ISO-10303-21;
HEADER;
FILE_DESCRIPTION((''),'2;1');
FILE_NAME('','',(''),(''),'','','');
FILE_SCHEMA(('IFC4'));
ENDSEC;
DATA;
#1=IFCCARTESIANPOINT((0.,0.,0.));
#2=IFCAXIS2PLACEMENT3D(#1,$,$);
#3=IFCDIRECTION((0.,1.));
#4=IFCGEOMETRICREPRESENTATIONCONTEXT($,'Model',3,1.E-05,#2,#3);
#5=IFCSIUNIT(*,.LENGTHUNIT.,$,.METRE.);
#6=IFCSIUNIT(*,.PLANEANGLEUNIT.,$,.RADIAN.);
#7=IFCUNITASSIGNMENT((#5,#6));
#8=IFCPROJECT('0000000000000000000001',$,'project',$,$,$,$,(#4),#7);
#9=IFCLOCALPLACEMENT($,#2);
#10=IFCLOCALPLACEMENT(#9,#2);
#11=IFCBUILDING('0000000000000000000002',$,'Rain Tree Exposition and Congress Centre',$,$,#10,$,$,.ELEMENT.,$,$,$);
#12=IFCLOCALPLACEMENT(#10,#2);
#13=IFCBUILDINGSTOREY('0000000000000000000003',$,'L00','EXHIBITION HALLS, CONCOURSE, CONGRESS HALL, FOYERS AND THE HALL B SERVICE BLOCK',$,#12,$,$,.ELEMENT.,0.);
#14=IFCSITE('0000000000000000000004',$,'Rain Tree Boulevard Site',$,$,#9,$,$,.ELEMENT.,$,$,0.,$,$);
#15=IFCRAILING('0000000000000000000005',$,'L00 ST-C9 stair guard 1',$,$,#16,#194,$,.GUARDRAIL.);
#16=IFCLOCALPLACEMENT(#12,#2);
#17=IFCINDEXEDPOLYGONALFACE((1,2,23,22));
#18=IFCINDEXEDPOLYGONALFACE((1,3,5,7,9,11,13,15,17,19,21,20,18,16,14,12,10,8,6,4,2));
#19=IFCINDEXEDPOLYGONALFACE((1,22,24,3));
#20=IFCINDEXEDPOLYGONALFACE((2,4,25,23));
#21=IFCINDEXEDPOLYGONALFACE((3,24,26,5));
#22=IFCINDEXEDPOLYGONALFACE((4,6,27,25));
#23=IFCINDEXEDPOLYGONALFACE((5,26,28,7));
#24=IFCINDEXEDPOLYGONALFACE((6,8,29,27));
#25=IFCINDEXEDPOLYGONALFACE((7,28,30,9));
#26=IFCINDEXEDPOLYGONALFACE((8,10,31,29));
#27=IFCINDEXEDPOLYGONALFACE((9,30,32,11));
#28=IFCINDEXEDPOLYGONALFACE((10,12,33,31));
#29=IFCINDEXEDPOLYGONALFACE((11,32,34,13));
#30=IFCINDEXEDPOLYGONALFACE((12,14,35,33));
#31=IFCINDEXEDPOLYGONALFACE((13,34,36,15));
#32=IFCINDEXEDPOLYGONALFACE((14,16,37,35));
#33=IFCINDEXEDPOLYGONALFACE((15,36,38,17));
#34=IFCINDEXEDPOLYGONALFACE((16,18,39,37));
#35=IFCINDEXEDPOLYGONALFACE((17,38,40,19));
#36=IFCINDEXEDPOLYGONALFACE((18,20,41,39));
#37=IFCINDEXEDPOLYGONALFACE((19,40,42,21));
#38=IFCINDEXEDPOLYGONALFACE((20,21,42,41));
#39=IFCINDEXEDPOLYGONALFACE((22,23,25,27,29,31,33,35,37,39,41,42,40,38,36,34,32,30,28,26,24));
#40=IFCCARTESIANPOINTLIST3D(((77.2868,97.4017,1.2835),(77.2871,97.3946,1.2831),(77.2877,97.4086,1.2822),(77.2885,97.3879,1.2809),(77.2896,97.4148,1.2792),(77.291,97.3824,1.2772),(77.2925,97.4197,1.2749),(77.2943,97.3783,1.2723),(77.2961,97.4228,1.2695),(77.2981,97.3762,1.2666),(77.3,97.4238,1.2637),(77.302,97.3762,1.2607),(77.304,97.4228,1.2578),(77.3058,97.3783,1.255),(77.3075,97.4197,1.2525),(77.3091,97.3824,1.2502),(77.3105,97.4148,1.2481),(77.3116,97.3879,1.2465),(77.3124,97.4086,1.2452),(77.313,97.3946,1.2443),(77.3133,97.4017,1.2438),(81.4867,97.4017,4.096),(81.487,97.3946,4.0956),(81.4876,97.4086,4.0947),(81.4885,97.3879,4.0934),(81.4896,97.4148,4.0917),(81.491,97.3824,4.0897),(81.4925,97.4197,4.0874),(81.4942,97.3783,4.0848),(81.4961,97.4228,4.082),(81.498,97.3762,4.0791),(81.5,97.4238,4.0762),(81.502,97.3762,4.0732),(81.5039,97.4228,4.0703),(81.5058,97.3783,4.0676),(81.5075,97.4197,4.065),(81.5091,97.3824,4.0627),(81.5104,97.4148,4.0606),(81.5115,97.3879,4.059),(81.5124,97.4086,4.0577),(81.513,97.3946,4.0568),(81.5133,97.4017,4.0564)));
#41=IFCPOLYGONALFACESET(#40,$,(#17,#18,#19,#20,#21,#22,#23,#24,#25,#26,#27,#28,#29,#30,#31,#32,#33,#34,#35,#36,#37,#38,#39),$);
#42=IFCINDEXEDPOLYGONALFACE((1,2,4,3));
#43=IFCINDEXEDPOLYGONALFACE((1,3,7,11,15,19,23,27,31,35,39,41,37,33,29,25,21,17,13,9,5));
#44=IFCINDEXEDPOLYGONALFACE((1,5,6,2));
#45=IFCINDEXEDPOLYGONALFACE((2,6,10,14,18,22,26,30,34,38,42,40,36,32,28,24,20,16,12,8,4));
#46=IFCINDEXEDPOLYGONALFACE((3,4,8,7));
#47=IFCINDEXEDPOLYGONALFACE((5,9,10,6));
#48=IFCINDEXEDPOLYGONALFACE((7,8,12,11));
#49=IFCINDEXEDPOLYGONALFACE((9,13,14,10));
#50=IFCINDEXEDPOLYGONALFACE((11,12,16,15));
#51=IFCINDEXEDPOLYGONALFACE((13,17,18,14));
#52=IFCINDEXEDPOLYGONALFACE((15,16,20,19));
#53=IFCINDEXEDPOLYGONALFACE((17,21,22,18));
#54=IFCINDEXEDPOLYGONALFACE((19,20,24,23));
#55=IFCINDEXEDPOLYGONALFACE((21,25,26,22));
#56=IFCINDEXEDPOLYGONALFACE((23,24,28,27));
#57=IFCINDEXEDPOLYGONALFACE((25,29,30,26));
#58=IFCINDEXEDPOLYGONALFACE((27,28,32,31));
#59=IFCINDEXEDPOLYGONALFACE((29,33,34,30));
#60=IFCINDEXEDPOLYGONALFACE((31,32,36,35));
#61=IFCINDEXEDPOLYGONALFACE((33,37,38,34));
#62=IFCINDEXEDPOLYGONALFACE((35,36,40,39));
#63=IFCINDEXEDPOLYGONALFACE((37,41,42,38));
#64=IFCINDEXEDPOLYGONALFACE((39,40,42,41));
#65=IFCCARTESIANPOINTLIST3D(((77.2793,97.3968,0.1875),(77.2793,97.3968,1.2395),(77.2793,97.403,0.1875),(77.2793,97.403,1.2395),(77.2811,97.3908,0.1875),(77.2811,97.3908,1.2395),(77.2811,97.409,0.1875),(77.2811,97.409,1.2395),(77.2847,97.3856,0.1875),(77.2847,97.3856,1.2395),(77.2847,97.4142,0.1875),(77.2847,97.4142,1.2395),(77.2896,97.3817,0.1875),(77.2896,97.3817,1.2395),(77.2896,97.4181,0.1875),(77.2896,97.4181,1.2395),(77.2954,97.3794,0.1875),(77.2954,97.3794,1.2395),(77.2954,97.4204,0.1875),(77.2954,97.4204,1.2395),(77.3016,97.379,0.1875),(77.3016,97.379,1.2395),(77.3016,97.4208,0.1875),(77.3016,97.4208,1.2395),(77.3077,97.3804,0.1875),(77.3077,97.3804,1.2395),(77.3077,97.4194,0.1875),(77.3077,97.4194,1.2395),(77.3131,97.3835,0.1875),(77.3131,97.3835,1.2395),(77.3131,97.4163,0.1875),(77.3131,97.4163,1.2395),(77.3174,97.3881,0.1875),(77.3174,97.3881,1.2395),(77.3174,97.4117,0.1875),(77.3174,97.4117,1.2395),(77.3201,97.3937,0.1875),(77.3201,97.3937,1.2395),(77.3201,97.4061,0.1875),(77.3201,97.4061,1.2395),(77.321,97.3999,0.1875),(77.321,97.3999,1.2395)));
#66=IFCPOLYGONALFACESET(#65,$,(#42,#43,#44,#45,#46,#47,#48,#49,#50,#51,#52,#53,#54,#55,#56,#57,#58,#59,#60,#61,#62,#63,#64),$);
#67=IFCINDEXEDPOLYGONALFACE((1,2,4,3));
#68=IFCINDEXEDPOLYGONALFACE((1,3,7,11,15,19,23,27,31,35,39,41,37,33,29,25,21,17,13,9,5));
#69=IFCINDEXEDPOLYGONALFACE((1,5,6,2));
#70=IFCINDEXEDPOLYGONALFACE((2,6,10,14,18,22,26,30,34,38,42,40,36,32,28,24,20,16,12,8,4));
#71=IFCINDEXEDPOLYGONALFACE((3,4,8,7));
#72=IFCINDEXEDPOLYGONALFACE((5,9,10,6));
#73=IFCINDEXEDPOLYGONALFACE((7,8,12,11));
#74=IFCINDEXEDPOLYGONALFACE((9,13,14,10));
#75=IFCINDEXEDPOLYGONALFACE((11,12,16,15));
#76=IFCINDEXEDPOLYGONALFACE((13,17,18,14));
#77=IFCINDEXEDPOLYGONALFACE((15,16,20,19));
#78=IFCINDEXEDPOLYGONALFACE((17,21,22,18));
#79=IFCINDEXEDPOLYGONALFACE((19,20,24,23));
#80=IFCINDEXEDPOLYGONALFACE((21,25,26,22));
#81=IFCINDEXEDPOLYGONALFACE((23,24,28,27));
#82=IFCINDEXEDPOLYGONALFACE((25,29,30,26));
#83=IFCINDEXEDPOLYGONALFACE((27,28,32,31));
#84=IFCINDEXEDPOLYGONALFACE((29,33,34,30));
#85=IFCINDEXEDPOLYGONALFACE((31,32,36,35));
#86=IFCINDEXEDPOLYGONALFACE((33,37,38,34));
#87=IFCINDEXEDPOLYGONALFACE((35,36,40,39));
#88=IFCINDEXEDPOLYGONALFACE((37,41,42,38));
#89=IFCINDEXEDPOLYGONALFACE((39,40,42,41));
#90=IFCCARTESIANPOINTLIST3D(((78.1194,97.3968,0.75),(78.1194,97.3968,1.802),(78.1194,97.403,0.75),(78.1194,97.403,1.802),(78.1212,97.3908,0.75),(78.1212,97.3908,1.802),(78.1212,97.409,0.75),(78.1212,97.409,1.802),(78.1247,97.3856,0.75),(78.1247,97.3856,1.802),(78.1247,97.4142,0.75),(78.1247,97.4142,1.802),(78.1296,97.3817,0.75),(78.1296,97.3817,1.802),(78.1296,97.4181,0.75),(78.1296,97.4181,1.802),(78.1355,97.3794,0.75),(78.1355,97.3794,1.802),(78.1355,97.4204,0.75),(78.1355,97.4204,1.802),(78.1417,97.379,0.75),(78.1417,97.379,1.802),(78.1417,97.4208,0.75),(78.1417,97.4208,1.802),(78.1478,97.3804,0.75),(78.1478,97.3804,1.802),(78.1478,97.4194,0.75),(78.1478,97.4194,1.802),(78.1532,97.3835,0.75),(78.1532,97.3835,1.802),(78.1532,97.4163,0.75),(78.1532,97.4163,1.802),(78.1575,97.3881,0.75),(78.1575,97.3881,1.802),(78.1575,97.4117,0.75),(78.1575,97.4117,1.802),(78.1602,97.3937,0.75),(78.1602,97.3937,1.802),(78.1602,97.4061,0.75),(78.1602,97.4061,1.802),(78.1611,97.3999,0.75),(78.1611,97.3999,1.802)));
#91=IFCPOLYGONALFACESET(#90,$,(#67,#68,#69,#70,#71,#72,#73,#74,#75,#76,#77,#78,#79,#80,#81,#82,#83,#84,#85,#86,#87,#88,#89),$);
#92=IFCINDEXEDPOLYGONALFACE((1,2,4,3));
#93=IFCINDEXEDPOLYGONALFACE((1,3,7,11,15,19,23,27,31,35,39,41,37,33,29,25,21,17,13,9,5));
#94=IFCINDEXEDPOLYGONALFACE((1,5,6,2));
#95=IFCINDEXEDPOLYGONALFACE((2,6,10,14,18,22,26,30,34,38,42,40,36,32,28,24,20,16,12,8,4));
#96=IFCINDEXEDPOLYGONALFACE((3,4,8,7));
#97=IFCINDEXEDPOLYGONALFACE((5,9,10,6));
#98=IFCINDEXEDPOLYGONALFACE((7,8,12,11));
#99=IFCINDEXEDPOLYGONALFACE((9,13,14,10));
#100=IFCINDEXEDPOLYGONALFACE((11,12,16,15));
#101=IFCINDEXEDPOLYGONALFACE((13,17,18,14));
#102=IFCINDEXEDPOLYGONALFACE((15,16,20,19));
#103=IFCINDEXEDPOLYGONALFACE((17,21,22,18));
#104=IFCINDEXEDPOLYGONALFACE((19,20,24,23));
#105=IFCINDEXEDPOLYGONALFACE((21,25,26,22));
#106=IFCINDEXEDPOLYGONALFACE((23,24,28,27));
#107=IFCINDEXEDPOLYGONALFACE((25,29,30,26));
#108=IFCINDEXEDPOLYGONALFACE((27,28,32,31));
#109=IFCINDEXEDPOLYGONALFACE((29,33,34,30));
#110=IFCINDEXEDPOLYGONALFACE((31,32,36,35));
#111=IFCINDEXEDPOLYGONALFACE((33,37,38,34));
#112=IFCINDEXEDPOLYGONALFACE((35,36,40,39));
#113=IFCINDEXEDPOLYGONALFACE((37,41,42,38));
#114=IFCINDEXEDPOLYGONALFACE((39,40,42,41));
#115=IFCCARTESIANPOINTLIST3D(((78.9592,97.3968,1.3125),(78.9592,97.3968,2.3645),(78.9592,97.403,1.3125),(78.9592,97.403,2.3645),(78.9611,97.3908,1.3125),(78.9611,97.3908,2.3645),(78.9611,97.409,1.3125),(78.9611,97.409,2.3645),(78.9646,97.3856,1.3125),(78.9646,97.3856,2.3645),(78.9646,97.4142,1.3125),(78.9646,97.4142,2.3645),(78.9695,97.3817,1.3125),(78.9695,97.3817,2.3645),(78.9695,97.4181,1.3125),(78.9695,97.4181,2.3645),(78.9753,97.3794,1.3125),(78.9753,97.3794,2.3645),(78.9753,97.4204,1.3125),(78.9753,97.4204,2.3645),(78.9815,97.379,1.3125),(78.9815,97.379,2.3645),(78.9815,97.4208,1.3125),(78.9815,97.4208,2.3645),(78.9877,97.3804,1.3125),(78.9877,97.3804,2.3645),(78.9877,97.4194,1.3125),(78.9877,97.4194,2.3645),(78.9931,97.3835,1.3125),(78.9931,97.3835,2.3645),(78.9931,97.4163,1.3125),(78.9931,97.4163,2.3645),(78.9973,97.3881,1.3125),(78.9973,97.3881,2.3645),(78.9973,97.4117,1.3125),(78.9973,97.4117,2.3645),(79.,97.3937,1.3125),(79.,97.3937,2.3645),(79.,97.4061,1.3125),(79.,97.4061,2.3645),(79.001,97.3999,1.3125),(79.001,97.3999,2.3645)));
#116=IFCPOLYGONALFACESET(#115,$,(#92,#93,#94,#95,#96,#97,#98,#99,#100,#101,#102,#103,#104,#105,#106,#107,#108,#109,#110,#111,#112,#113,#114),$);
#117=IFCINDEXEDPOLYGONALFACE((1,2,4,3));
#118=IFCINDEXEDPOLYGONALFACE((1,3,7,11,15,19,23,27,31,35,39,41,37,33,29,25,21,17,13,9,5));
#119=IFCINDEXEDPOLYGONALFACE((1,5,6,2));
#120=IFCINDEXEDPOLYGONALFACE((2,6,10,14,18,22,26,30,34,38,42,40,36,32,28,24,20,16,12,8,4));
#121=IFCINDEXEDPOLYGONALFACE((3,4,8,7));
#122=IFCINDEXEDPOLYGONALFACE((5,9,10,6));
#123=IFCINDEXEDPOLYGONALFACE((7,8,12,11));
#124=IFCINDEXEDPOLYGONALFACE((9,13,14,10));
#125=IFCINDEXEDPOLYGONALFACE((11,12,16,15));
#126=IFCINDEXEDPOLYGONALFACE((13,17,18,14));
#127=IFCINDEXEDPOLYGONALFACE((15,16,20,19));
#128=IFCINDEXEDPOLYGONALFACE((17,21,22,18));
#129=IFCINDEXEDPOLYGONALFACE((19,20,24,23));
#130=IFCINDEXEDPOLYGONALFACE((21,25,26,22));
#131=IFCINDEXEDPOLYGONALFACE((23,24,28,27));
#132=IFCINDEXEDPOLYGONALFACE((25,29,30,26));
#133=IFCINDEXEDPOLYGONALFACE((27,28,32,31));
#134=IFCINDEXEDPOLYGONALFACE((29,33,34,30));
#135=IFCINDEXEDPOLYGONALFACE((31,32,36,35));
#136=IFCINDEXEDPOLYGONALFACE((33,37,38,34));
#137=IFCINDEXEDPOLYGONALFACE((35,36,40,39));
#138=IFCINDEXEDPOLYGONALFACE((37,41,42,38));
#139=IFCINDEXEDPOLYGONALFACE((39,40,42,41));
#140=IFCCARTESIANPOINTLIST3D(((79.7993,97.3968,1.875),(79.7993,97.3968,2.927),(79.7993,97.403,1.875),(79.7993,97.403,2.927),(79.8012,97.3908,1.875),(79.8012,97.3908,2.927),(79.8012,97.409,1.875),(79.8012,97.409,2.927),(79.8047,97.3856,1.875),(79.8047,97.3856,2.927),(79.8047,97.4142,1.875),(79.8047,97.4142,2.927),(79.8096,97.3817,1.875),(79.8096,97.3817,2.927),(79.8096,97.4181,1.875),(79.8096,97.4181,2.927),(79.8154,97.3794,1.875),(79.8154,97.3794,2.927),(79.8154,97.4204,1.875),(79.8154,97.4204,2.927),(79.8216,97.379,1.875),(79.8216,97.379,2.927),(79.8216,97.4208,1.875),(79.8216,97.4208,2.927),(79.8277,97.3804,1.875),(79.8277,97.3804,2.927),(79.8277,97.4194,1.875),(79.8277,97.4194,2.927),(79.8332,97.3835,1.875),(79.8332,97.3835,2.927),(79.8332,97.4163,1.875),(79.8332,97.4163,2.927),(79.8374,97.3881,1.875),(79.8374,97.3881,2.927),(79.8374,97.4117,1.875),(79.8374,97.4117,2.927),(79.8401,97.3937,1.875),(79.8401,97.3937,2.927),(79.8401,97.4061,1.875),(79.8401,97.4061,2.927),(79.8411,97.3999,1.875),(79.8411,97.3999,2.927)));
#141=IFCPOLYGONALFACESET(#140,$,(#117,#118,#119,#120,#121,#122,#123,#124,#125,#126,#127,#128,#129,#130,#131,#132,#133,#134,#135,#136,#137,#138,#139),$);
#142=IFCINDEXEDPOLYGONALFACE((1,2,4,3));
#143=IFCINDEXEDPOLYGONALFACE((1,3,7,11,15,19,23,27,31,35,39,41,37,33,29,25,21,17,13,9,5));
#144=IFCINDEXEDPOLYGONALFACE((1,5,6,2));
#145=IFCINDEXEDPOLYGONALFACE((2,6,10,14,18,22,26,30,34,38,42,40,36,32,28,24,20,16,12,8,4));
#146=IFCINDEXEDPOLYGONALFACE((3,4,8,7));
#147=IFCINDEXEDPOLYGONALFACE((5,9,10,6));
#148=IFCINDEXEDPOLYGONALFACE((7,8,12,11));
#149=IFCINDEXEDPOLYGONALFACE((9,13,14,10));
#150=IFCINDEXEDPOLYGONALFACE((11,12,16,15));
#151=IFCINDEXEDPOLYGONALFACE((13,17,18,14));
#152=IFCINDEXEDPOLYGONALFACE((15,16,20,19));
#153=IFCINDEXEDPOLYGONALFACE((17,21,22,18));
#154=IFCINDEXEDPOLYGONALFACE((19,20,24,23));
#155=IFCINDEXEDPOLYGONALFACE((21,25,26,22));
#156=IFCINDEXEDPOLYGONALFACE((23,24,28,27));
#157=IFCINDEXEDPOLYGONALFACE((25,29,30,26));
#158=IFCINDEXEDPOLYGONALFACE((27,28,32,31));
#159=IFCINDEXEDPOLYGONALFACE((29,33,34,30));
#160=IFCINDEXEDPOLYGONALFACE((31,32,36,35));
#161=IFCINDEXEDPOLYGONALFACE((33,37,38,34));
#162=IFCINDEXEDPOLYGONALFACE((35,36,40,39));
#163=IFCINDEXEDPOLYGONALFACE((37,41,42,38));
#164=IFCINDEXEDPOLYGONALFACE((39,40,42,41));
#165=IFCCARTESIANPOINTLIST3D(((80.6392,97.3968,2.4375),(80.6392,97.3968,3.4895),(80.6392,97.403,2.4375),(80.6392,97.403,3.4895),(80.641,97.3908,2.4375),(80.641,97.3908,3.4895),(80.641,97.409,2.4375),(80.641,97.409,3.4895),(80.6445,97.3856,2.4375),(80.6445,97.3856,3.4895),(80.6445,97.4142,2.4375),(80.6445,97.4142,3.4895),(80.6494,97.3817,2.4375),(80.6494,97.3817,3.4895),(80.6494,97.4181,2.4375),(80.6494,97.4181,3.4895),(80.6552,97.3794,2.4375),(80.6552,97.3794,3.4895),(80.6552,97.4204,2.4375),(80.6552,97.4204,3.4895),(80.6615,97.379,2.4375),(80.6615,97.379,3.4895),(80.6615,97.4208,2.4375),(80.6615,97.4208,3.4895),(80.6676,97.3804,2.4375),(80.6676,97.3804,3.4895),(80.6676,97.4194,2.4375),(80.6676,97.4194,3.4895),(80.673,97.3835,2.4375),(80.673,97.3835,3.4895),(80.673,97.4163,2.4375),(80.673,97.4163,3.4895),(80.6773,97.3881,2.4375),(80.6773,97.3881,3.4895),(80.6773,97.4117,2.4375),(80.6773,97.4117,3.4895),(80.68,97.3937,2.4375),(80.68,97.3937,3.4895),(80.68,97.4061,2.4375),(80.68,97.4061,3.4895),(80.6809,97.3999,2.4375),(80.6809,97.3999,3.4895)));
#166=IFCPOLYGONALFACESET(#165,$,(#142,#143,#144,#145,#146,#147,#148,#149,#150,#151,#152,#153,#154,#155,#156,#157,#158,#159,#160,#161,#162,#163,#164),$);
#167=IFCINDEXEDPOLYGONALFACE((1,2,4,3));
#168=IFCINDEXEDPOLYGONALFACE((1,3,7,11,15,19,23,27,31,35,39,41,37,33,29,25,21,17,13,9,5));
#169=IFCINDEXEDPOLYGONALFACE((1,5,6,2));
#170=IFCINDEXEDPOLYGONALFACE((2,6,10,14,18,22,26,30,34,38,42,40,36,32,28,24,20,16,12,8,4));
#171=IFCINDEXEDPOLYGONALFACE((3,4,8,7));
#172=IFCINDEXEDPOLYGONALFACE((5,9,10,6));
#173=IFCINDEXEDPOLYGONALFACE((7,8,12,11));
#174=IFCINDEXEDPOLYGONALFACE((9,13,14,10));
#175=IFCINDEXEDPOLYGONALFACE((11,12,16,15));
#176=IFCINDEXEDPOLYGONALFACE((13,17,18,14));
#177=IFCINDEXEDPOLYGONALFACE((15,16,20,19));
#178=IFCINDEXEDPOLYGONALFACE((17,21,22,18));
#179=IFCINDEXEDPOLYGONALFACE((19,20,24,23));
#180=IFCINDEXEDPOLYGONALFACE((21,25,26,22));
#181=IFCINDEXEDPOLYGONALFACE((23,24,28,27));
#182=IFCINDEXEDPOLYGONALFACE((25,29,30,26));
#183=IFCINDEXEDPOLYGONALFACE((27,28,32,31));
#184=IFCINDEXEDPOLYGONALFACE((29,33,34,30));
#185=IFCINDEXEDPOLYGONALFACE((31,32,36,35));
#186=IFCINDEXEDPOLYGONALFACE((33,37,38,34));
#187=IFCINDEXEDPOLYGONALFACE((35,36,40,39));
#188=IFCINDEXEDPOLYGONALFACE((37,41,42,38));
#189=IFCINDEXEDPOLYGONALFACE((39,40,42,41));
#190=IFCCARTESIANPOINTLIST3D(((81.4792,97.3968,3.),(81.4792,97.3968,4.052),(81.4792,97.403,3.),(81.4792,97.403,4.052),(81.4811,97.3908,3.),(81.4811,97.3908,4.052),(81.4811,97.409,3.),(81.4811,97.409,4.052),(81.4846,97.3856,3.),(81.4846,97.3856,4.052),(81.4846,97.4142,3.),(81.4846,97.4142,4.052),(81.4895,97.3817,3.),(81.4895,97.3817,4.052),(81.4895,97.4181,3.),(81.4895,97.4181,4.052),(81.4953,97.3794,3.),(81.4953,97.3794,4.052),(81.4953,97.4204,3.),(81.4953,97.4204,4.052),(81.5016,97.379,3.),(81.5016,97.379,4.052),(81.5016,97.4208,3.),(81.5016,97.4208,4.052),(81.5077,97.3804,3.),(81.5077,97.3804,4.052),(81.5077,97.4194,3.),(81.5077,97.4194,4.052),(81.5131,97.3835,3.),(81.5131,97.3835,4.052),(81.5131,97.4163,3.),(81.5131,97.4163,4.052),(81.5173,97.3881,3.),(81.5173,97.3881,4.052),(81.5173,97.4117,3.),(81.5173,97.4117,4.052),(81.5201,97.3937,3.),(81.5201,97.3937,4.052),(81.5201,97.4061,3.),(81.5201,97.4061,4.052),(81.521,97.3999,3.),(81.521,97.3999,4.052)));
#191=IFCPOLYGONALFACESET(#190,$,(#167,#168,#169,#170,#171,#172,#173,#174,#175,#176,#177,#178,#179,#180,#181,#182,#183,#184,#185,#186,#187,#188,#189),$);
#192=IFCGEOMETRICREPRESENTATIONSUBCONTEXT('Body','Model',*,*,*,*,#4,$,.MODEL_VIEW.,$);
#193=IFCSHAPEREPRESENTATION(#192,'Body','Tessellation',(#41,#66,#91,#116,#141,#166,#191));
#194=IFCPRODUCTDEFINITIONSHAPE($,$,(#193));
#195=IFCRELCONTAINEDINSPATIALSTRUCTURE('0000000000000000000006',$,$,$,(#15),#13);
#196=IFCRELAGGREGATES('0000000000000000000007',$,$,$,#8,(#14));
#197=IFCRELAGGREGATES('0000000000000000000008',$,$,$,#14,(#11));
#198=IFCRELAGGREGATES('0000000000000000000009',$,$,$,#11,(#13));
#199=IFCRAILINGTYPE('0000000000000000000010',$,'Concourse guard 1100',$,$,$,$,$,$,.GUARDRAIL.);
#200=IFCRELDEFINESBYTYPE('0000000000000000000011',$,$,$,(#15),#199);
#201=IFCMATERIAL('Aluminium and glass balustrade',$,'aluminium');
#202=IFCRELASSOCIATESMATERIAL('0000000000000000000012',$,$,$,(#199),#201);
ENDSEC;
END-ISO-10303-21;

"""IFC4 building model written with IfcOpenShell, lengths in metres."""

from ifc_helpers import new_model, si_unit, direction, frame, origin, origin_2d, place, context, subcontext, project, spatial, circle, extrude, material, type_object, element, save


model = new_model("IFC4")

# Units and contexts
model_context = context("Model", 3, precision=1e-05, world=origin(), true_north=direction((0.0, 1.0)))
body_context = subcontext(model_context, "Body", "Model", "MODEL_VIEW")
ifc_project = project(units=[si_unit("LENGTHUNIT", "METRE"), si_unit("PLANEANGLEUNIT", "RADIAN")], contexts=[model_context])

# Site, building, storey
site_placement = place(None, origin())
site = spatial("IfcSite", under=ifc_project, at=site_placement, Name="Rain Tree Boulevard Site", CompositionType="ELEMENT", RefElevation=0.0)
building_placement = place(site_placement, origin())
building = spatial("IfcBuilding", under=site, at=building_placement, Name="Rain Tree Exposition and Congress Centre", CompositionType="ELEMENT")
storey_placement = place(building_placement, origin())
storey = spatial("IfcBuildingStorey", under=building, at=storey_placement, Name="L00", Description="EXHIBITION HALLS, CONCOURSE, CONGRESS HALL, FOYERS AND THE HALL B SERVICE BLOCK", CompositionType="ELEMENT", Elevation=0.0)

# Railing
ifc_material_1 = material(Name="Aluminium and glass balustrade", Category="aluminium")
railing_type_1 = type_object("IfcRailingType", Name="Concourse guard 1100", PredefinedType="GUARDRAIL", material=ifc_material_1)
railing_1_placement = place(storey_placement, frame((77.3, 97.3999, 0.1875)))
element("IfcRailing", 1, at=railing_1_placement, inside=storey, type_object=railing_type_1, Name="L00 ST-C9 stair guard 1", PredefinedType="GUARDRAIL", context=body_context, shape_type="SweptSolid", body=[
    extrude(circle(Radius=0.0239, at=origin_2d()), frame((0.0, 0.0, 1.0762), z_axis=(0.830904, 0.0, 0.556416), x_axis=(0.0, 1.0, 0.0)), (0.0, 0.0, 1.0), 5.0547),
    extrude(circle(Radius=0.021, at=origin_2d()), origin(), (0.0, 0.0, 1.0), 1.052),
    extrude(circle(Radius=0.021, at=origin_2d()), frame((0.8401, 0.0, 0.5625)), (0.0, 0.0, 1.0), 1.052),
    extrude(circle(Radius=0.021, at=origin_2d()), frame((1.6799, 0.0, 1.125)), (0.0, 0.0, 1.0), 1.052),
    extrude(circle(Radius=0.021, at=origin_2d()), frame((2.52, 0.0, 1.6875)), (0.0, 0.0, 1.0), 1.052),
    extrude(circle(Radius=0.021, at=origin_2d()), frame((3.3599, 0.0, 2.25)), (0.0, 0.0, 1.0), 1.052),
    extrude(circle(Radius=0.021, at=origin_2d()), frame((4.2, 0.0, 2.8125)), (0.0, 0.0, 1.0), 1.052),
])

save(model, "model.ifc")
